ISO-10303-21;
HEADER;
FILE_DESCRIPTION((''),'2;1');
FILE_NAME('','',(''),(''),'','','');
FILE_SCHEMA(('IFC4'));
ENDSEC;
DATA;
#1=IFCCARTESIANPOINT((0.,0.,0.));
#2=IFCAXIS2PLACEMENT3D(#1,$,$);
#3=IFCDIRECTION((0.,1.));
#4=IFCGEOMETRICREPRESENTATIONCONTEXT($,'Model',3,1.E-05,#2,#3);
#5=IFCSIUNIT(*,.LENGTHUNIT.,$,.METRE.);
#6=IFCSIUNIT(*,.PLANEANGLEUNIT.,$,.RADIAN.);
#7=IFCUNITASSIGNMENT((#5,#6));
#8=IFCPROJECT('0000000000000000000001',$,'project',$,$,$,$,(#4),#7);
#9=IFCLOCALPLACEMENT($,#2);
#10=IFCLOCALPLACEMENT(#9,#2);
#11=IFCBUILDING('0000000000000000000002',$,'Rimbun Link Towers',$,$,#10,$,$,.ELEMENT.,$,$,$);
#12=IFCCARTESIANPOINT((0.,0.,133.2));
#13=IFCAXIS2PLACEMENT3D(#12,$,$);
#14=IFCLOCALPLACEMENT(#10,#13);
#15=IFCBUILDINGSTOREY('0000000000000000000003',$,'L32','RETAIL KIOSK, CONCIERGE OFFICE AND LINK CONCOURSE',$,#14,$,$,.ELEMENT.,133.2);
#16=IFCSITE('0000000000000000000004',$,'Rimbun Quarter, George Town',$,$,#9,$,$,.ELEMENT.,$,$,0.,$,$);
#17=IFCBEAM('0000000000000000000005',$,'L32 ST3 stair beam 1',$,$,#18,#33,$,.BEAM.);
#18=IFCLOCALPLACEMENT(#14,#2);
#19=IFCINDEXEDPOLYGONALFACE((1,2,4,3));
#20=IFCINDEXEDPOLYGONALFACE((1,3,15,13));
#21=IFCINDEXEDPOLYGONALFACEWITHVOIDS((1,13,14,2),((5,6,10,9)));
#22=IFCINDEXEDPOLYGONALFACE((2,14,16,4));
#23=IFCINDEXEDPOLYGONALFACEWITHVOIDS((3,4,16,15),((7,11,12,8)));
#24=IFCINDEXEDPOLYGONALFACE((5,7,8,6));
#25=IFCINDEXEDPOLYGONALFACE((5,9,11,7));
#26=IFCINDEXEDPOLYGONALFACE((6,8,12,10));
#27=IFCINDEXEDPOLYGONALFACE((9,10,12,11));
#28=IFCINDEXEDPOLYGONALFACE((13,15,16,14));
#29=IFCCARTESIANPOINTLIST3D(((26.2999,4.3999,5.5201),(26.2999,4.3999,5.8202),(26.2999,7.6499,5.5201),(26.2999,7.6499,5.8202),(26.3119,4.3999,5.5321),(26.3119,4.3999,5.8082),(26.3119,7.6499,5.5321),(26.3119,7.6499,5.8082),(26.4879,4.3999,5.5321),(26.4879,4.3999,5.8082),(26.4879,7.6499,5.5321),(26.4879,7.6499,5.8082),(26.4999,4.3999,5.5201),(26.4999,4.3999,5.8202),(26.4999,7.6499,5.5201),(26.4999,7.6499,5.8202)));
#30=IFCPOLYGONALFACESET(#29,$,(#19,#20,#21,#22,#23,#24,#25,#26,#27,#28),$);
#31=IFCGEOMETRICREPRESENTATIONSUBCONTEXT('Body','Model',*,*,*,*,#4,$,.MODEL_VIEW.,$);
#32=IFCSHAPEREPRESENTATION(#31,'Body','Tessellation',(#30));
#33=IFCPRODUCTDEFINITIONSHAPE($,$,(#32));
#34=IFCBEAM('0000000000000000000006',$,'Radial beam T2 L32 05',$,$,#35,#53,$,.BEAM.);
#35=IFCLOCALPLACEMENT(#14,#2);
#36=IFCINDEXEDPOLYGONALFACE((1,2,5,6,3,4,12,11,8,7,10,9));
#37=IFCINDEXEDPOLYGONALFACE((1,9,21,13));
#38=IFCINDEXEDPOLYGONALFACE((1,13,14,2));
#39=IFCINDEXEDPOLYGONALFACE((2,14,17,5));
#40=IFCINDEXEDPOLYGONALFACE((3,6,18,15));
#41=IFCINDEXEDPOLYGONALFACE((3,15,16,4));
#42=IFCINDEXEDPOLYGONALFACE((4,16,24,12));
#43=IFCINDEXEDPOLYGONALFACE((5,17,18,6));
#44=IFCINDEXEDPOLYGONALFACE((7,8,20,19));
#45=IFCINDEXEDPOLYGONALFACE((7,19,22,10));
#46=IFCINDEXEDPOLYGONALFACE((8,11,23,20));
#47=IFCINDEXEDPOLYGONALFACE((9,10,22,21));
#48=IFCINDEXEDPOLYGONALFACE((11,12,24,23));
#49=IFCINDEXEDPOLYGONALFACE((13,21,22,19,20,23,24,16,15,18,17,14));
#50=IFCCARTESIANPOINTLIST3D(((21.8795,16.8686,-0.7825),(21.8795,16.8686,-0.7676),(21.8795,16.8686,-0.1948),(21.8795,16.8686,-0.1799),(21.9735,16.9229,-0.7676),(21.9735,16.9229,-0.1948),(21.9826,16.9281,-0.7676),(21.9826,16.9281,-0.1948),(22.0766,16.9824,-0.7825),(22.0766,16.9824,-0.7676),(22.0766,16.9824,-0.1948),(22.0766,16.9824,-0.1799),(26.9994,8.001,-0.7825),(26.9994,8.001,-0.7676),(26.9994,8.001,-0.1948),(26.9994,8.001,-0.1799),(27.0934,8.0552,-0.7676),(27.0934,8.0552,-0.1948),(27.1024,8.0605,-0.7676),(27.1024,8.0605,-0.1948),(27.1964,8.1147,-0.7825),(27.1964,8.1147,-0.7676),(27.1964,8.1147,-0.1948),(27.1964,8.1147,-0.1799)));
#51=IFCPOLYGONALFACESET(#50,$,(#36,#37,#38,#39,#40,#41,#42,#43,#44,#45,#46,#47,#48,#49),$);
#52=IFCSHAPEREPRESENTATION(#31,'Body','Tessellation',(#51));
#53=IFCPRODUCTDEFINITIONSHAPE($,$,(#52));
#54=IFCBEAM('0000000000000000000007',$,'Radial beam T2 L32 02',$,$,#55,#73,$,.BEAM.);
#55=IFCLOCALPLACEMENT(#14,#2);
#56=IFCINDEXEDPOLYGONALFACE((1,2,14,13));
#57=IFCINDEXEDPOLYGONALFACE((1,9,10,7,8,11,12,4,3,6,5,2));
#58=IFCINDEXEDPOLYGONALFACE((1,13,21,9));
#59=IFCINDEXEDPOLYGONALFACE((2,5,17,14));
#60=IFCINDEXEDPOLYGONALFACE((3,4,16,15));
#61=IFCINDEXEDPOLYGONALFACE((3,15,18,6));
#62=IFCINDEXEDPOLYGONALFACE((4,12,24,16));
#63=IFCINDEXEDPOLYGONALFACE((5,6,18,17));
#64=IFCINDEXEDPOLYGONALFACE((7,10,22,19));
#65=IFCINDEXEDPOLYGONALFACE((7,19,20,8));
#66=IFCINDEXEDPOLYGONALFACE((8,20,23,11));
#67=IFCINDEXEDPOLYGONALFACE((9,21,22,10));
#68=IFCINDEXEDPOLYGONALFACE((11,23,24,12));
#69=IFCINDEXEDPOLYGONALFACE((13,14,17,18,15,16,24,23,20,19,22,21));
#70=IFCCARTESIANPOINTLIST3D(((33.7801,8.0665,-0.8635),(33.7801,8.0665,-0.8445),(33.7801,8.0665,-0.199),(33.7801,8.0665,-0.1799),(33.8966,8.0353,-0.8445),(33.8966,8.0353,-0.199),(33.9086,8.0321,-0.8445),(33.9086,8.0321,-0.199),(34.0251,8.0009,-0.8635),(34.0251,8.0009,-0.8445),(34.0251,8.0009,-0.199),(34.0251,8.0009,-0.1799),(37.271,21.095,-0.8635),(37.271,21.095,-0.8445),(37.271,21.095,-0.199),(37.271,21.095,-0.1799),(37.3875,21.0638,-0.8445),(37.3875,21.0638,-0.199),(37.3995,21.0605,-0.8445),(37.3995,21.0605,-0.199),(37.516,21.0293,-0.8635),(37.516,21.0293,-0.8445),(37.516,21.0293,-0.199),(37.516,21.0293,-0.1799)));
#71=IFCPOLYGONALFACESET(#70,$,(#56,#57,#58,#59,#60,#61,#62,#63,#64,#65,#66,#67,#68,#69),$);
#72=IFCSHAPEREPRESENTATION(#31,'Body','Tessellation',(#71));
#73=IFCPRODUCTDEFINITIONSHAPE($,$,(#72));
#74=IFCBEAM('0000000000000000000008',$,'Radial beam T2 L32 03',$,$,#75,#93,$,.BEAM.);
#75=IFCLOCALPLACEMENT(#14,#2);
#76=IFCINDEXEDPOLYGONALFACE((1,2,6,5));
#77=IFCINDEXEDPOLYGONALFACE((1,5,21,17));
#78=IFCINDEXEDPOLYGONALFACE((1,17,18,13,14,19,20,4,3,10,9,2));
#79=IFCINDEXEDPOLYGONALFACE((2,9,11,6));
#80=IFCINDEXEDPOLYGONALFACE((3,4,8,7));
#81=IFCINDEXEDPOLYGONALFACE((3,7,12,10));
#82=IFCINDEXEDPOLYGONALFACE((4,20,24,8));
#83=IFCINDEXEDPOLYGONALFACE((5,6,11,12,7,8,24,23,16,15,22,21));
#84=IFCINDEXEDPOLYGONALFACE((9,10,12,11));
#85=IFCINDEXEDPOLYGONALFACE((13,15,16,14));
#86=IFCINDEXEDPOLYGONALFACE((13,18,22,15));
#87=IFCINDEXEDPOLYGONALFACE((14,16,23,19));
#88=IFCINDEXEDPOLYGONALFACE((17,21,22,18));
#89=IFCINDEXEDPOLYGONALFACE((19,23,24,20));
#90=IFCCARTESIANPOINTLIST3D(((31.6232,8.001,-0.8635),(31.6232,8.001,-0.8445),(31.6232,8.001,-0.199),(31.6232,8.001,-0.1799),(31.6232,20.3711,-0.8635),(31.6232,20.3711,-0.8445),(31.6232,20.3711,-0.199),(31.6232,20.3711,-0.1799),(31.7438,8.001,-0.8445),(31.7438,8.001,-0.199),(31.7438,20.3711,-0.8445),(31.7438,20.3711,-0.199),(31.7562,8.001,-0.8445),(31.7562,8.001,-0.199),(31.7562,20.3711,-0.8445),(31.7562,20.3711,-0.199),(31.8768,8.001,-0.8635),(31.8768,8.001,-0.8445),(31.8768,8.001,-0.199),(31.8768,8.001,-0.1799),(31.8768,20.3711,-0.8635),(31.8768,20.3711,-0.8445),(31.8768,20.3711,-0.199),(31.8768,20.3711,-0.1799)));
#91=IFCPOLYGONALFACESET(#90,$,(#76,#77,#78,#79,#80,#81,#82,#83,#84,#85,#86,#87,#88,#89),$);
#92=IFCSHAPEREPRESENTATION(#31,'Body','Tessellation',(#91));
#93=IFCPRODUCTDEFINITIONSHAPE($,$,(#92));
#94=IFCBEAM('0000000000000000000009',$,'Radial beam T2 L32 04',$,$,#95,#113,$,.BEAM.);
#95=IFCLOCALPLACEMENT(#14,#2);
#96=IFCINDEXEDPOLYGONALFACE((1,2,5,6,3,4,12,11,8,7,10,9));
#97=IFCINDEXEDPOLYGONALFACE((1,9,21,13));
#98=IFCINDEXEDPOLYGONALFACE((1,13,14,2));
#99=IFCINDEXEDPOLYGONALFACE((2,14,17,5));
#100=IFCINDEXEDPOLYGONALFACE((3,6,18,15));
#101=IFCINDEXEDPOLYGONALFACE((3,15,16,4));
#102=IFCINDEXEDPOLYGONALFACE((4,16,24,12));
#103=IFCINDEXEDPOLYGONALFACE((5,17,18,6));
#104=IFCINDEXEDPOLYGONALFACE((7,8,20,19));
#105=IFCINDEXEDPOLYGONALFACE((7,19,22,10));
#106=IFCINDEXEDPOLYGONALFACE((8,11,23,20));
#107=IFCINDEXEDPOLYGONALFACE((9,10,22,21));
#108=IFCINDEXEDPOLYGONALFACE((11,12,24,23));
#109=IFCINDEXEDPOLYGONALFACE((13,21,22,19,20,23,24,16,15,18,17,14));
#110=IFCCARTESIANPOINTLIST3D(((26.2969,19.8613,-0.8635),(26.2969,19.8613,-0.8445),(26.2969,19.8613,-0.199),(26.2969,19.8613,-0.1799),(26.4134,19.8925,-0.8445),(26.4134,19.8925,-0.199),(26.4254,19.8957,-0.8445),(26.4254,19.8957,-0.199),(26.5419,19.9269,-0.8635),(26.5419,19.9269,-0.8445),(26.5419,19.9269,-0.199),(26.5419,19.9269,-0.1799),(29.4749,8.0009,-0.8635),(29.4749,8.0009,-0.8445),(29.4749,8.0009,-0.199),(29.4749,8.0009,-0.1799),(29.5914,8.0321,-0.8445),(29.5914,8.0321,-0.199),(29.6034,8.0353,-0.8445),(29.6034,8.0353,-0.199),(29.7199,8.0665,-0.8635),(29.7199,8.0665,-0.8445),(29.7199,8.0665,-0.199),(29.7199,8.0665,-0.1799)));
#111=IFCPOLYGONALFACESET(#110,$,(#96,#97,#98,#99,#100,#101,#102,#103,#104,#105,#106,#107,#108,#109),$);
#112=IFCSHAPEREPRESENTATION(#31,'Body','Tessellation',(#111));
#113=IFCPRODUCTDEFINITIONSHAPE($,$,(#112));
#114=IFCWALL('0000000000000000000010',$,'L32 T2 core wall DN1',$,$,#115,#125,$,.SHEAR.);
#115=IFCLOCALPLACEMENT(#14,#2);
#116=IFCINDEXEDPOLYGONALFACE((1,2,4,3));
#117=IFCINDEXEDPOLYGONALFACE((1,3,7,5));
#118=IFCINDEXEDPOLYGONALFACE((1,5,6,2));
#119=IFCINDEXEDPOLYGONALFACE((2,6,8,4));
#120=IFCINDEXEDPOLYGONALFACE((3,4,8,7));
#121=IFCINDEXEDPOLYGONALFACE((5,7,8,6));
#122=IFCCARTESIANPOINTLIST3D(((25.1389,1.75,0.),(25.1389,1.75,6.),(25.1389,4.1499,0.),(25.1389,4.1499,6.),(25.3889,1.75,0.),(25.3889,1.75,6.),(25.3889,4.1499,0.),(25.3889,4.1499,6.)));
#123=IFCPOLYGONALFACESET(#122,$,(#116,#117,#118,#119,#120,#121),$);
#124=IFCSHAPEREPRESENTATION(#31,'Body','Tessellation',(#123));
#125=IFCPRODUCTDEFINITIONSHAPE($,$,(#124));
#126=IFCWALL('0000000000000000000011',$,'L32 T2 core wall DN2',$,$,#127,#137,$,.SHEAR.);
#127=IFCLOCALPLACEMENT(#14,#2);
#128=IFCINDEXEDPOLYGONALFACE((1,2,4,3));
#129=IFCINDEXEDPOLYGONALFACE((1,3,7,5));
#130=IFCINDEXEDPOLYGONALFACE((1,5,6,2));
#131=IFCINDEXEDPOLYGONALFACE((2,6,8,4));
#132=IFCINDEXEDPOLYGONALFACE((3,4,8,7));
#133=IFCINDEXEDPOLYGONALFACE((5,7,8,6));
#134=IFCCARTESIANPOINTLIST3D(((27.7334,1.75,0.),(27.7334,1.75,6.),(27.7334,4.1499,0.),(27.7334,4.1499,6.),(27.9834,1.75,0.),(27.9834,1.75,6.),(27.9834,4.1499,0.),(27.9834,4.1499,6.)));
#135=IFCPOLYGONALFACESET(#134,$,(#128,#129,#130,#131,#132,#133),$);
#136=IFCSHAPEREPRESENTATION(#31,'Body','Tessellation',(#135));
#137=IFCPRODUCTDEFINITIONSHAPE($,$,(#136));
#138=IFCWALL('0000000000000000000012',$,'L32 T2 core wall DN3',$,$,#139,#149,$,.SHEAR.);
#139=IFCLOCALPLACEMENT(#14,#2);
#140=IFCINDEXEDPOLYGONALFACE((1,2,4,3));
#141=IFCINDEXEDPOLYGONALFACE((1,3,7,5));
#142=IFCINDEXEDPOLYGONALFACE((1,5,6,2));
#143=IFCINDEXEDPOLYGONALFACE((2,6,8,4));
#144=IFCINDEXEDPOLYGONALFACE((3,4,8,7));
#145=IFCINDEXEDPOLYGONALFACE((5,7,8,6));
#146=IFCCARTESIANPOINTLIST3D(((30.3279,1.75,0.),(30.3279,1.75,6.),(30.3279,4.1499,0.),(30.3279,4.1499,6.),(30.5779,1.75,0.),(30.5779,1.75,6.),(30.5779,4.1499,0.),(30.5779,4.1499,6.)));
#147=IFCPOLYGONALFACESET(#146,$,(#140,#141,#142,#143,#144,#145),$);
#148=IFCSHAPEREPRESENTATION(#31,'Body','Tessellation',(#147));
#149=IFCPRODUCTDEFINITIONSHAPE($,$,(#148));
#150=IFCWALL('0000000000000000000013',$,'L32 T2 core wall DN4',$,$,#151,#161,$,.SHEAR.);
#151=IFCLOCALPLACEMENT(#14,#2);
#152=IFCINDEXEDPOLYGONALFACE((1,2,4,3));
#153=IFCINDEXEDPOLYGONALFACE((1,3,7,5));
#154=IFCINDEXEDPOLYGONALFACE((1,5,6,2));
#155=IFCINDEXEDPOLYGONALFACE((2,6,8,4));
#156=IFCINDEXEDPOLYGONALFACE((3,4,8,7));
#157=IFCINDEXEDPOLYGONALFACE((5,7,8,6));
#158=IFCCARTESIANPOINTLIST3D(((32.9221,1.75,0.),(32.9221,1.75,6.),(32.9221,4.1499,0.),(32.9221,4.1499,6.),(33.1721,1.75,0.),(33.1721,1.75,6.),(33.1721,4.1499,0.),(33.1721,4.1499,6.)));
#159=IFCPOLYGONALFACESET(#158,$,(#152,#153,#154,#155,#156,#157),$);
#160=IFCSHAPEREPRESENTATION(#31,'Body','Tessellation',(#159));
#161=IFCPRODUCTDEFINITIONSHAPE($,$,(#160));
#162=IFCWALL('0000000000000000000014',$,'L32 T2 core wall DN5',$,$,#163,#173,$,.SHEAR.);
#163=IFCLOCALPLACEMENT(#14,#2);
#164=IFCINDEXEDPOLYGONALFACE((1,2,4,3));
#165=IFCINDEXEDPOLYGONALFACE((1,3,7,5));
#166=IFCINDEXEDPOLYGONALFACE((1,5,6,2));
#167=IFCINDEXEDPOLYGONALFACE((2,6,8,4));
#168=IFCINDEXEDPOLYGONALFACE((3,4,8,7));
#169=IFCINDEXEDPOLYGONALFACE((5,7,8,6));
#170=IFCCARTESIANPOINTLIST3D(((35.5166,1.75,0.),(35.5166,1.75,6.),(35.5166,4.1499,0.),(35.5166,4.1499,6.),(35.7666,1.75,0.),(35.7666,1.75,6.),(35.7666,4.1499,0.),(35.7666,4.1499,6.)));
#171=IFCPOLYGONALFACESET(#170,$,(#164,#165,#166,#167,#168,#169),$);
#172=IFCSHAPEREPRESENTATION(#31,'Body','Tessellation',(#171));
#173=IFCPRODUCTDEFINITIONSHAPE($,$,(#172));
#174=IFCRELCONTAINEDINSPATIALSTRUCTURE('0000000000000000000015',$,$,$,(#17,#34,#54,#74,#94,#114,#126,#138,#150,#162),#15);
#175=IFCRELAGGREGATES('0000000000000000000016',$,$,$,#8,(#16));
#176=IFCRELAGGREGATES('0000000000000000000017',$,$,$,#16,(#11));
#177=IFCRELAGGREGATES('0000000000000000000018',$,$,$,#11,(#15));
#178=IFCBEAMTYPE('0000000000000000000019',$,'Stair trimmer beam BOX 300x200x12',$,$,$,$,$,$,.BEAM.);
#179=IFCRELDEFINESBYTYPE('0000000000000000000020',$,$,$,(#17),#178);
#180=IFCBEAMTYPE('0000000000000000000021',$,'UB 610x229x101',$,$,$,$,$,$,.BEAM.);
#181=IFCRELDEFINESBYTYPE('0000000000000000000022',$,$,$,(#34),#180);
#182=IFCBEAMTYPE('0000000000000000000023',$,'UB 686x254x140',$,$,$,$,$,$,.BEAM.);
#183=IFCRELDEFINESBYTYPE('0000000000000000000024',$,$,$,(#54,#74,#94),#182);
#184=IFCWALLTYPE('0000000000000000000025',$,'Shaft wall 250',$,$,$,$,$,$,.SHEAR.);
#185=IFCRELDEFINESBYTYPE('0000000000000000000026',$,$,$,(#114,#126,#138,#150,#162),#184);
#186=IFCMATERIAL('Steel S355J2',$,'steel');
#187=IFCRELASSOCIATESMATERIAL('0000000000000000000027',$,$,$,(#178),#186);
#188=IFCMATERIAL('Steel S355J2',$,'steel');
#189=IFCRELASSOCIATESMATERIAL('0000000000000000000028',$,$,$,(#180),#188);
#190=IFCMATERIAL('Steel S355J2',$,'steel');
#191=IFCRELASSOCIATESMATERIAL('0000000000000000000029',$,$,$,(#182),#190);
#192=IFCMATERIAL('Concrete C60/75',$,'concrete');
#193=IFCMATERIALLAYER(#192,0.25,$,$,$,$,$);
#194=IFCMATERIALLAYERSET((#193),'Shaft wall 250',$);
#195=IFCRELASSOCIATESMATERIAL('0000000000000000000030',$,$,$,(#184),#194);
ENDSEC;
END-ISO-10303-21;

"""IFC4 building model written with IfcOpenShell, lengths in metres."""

from ifc_helpers import new_model, si_unit, direction, frame, frame_2d, origin, origin_2d, place, context, subcontext, project, spatial, rectangle, hollow_rectangle, i_section, extrude, material, layer, layer_set, material_profile, profile_set, type_object, element, save


model = new_model("IFC4")

# Units and contexts
model_context = context("Model", 3, precision=1e-05, world=origin(), true_north=direction((0.0, 1.0)))
body_context = subcontext(model_context, "Body", "Model", "MODEL_VIEW")
ifc_project = project(units=[si_unit("LENGTHUNIT", "METRE"), si_unit("PLANEANGLEUNIT", "RADIAN")], contexts=[model_context])

# Site, building, storey
site_placement = place(None, origin())
site = spatial("IfcSite", under=ifc_project, at=site_placement, Name="Rimbun Quarter, George Town", CompositionType="ELEMENT", RefElevation=0.0)
building_placement = place(site_placement, origin())
building = spatial("IfcBuilding", under=site, at=building_placement, Name="Rimbun Link Towers", CompositionType="ELEMENT")
storey_placement = place(building_placement, frame((0.0, 0.0, 133.2)))
storey = spatial("IfcBuildingStorey", under=building, at=storey_placement, Name="L32", Description="RETAIL KIOSK, CONCIERGE OFFICE AND LINK CONCOURSE", CompositionType="ELEMENT", Elevation=133.2)

# Beams
ifc_material_1 = material(Name="Steel S355J2", Category="steel")
ifc_material_profile_1 = material_profile(ifc_material_1, hollow_rectangle(XDim=0.2, YDim=0.3, WallThickness=0.012, at=origin_2d()), Name="BOX 300x200x12")
ifc_profile_set_1 = profile_set([ifc_material_profile_1], Name="Steel S355J2")
beam_type_1 = type_object("IfcBeamType", Name="Stair trimmer beam BOX 300x200x12", PredefinedType="BEAM", material=ifc_profile_set_1)
beam_1_placement = place(storey_placement, frame((26.3999, 7.6499, 5.6702), z_axis=(0.0, -1.0, 0.0), x_axis=(1.0, 0.0, 0.0)))
element("IfcBeam", 1, at=beam_1_placement, inside=storey, type_object=beam_type_1, Name="L32 ST3 stair beam 1", PredefinedType="BEAM", context=body_context, shape_type="SweptSolid", body=[
    extrude(hollow_rectangle(XDim=0.2, YDim=0.3, WallThickness=0.012, at=origin_2d()), origin(), (0.0, 0.0, 1.0), 3.25),
])
ifc_material_2 = material(Name="Steel S355J2", Category="steel")
ifc_material_profile_2 = material_profile(ifc_material_2, i_section(OverallWidth=0.2275, OverallDepth=0.6025, WebThickness=0.0105, FlangeThickness=0.0149, at=origin_2d()), Name="UB 610x229x101")
ifc_profile_set_2 = profile_set([ifc_material_profile_2], Name="Steel S355J2")
beam_type_2 = type_object("IfcBeamType", Name="UB 610x229x101", PredefinedType="BEAM", material=ifc_profile_set_2)
beam_2_placement = place(storey_placement, frame((27.0979, 8.0579, -0.4812), z_axis=(-0.500009, 0.86602, 0.0), x_axis=(-0.86602, -0.500009, 0.0)))
element("IfcBeam", 2, at=beam_2_placement, inside=storey, type_object=beam_type_2, Name="Radial beam T2 L32 05", PredefinedType="BEAM", context=body_context, shape_type="SweptSolid", body=[
    extrude(i_section(OverallWidth=0.2275, OverallDepth=0.6025, WebThickness=0.0105, FlangeThickness=0.0149, at=origin_2d()), origin(), (0.0, 0.0, 1.0), 10.2395),
])
ifc_material_3 = material(Name="Steel S355J2", Category="steel")
ifc_material_profile_3 = material_profile(ifc_material_3, i_section(OverallWidth=0.2537, OverallDepth=0.6836, WebThickness=0.0125, FlangeThickness=0.019, at=origin_2d()), Name="UB 686x254x140")
ifc_profile_set_3 = profile_set([ifc_material_profile_3], Name="Steel S355J2")
beam_type_3 = type_object("IfcBeamType", Name="UB 686x254x140", PredefinedType="BEAM", material=ifc_profile_set_3)
beam_3_placement = place(storey_placement, frame((33.9026, 8.0337, -0.5217), z_axis=(0.258817, 0.965926, 0.0), x_axis=(-0.965926, 0.258817, 0.0)))
element("IfcBeam", 3, at=beam_3_placement, inside=storey, type_object=beam_type_3, Name="Radial beam T2 L32 02", PredefinedType="BEAM", context=body_context, shape_type="SweptSolid", body=[
    extrude(i_section(OverallWidth=0.2537, OverallDepth=0.6836, WebThickness=0.0125, FlangeThickness=0.019, at=origin_2d()), origin(), (0.0, 0.0, 1.0), 13.488),
])
beam_4_placement = place(storey_placement, frame((31.75, 8.001, -0.5217), z_axis=(0.0, 1.0, 0.0), x_axis=(-1.0, 0.0, 0.0)))
element("IfcBeam", 4, at=beam_4_placement, inside=storey, type_object=beam_type_3, Name="Radial beam T2 L32 03", PredefinedType="BEAM", context=body_context, shape_type="SweptSolid", body=[
    extrude(i_section(OverallWidth=0.2537, OverallDepth=0.6836, WebThickness=0.0125, FlangeThickness=0.019, at=origin_2d()), origin(), (0.0, 0.0, 1.0), 12.3701),
])
beam_5_placement = place(storey_placement, frame((29.5974, 8.0337, -0.5217), z_axis=(-0.25882, 0.965926, 0.0), x_axis=(-0.965926, -0.25882, 0.0)))
element("IfcBeam", 5, at=beam_5_placement, inside=storey, type_object=beam_type_3, Name="Radial beam T2 L32 04", PredefinedType="BEAM", context=body_context, shape_type="SweptSolid", body=[
    extrude(i_section(OverallWidth=0.2537, OverallDepth=0.6836, WebThickness=0.0125, FlangeThickness=0.019, at=origin_2d()), origin(), (0.0, 0.0, 1.0), 12.2788),
])

# Walls
ifc_material_4 = material(Name="Concrete C60/75", Category="concrete")
ifc_layer = layer(ifc_material_4, 0.25)
ifc_layer_set = layer_set([ifc_layer], Name="Shaft wall 250")
wall_type = type_object("IfcWallType", Name="Shaft wall 250", PredefinedType="SHEAR", material=ifc_layer_set)
for number, where, z_axis, x_axis, name in (
    (6, (25.2639, 1.75, 0.0), (0.0, 0.0, 1.0), (0.0, 1.0, 0.0), "L32 T2 core wall DN1"),
    (7, (27.8584, 1.75, 0.0), (0.0, 0.0, 1.0), (0.0, 1.0, 0.0), "L32 T2 core wall DN2"),
    (8, (30.4529, 1.75, 0.0), (0.0, 0.0, 1.0), (0.0, 1.0, 0.0), "L32 T2 core wall DN3"),
    (9, (33.0471, 1.75, 0.0), (0.0, 0.0, 1.0), (0.0, 1.0, 0.0), "L32 T2 core wall DN4"),
    (10, (35.6416, 1.75, 0.0), (0.0, 0.0, 1.0), (0.0, 1.0, 0.0), "L32 T2 core wall DN5"),
):
    element("IfcWall", number, at=place(storey_placement, frame(where, z_axis=z_axis, x_axis=x_axis)), inside=storey, type_object=wall_type, Name=name, PredefinedType="SHEAR", context=body_context, shape_type="SweptSolid", body=[
        extrude(rectangle(XDim=2.3999, YDim=0.25, at=frame_2d((1.2, 0.0))), origin(), (0.0, 0.0, 1.0), 6.0),
    ])

save(model, "model.ifc")
